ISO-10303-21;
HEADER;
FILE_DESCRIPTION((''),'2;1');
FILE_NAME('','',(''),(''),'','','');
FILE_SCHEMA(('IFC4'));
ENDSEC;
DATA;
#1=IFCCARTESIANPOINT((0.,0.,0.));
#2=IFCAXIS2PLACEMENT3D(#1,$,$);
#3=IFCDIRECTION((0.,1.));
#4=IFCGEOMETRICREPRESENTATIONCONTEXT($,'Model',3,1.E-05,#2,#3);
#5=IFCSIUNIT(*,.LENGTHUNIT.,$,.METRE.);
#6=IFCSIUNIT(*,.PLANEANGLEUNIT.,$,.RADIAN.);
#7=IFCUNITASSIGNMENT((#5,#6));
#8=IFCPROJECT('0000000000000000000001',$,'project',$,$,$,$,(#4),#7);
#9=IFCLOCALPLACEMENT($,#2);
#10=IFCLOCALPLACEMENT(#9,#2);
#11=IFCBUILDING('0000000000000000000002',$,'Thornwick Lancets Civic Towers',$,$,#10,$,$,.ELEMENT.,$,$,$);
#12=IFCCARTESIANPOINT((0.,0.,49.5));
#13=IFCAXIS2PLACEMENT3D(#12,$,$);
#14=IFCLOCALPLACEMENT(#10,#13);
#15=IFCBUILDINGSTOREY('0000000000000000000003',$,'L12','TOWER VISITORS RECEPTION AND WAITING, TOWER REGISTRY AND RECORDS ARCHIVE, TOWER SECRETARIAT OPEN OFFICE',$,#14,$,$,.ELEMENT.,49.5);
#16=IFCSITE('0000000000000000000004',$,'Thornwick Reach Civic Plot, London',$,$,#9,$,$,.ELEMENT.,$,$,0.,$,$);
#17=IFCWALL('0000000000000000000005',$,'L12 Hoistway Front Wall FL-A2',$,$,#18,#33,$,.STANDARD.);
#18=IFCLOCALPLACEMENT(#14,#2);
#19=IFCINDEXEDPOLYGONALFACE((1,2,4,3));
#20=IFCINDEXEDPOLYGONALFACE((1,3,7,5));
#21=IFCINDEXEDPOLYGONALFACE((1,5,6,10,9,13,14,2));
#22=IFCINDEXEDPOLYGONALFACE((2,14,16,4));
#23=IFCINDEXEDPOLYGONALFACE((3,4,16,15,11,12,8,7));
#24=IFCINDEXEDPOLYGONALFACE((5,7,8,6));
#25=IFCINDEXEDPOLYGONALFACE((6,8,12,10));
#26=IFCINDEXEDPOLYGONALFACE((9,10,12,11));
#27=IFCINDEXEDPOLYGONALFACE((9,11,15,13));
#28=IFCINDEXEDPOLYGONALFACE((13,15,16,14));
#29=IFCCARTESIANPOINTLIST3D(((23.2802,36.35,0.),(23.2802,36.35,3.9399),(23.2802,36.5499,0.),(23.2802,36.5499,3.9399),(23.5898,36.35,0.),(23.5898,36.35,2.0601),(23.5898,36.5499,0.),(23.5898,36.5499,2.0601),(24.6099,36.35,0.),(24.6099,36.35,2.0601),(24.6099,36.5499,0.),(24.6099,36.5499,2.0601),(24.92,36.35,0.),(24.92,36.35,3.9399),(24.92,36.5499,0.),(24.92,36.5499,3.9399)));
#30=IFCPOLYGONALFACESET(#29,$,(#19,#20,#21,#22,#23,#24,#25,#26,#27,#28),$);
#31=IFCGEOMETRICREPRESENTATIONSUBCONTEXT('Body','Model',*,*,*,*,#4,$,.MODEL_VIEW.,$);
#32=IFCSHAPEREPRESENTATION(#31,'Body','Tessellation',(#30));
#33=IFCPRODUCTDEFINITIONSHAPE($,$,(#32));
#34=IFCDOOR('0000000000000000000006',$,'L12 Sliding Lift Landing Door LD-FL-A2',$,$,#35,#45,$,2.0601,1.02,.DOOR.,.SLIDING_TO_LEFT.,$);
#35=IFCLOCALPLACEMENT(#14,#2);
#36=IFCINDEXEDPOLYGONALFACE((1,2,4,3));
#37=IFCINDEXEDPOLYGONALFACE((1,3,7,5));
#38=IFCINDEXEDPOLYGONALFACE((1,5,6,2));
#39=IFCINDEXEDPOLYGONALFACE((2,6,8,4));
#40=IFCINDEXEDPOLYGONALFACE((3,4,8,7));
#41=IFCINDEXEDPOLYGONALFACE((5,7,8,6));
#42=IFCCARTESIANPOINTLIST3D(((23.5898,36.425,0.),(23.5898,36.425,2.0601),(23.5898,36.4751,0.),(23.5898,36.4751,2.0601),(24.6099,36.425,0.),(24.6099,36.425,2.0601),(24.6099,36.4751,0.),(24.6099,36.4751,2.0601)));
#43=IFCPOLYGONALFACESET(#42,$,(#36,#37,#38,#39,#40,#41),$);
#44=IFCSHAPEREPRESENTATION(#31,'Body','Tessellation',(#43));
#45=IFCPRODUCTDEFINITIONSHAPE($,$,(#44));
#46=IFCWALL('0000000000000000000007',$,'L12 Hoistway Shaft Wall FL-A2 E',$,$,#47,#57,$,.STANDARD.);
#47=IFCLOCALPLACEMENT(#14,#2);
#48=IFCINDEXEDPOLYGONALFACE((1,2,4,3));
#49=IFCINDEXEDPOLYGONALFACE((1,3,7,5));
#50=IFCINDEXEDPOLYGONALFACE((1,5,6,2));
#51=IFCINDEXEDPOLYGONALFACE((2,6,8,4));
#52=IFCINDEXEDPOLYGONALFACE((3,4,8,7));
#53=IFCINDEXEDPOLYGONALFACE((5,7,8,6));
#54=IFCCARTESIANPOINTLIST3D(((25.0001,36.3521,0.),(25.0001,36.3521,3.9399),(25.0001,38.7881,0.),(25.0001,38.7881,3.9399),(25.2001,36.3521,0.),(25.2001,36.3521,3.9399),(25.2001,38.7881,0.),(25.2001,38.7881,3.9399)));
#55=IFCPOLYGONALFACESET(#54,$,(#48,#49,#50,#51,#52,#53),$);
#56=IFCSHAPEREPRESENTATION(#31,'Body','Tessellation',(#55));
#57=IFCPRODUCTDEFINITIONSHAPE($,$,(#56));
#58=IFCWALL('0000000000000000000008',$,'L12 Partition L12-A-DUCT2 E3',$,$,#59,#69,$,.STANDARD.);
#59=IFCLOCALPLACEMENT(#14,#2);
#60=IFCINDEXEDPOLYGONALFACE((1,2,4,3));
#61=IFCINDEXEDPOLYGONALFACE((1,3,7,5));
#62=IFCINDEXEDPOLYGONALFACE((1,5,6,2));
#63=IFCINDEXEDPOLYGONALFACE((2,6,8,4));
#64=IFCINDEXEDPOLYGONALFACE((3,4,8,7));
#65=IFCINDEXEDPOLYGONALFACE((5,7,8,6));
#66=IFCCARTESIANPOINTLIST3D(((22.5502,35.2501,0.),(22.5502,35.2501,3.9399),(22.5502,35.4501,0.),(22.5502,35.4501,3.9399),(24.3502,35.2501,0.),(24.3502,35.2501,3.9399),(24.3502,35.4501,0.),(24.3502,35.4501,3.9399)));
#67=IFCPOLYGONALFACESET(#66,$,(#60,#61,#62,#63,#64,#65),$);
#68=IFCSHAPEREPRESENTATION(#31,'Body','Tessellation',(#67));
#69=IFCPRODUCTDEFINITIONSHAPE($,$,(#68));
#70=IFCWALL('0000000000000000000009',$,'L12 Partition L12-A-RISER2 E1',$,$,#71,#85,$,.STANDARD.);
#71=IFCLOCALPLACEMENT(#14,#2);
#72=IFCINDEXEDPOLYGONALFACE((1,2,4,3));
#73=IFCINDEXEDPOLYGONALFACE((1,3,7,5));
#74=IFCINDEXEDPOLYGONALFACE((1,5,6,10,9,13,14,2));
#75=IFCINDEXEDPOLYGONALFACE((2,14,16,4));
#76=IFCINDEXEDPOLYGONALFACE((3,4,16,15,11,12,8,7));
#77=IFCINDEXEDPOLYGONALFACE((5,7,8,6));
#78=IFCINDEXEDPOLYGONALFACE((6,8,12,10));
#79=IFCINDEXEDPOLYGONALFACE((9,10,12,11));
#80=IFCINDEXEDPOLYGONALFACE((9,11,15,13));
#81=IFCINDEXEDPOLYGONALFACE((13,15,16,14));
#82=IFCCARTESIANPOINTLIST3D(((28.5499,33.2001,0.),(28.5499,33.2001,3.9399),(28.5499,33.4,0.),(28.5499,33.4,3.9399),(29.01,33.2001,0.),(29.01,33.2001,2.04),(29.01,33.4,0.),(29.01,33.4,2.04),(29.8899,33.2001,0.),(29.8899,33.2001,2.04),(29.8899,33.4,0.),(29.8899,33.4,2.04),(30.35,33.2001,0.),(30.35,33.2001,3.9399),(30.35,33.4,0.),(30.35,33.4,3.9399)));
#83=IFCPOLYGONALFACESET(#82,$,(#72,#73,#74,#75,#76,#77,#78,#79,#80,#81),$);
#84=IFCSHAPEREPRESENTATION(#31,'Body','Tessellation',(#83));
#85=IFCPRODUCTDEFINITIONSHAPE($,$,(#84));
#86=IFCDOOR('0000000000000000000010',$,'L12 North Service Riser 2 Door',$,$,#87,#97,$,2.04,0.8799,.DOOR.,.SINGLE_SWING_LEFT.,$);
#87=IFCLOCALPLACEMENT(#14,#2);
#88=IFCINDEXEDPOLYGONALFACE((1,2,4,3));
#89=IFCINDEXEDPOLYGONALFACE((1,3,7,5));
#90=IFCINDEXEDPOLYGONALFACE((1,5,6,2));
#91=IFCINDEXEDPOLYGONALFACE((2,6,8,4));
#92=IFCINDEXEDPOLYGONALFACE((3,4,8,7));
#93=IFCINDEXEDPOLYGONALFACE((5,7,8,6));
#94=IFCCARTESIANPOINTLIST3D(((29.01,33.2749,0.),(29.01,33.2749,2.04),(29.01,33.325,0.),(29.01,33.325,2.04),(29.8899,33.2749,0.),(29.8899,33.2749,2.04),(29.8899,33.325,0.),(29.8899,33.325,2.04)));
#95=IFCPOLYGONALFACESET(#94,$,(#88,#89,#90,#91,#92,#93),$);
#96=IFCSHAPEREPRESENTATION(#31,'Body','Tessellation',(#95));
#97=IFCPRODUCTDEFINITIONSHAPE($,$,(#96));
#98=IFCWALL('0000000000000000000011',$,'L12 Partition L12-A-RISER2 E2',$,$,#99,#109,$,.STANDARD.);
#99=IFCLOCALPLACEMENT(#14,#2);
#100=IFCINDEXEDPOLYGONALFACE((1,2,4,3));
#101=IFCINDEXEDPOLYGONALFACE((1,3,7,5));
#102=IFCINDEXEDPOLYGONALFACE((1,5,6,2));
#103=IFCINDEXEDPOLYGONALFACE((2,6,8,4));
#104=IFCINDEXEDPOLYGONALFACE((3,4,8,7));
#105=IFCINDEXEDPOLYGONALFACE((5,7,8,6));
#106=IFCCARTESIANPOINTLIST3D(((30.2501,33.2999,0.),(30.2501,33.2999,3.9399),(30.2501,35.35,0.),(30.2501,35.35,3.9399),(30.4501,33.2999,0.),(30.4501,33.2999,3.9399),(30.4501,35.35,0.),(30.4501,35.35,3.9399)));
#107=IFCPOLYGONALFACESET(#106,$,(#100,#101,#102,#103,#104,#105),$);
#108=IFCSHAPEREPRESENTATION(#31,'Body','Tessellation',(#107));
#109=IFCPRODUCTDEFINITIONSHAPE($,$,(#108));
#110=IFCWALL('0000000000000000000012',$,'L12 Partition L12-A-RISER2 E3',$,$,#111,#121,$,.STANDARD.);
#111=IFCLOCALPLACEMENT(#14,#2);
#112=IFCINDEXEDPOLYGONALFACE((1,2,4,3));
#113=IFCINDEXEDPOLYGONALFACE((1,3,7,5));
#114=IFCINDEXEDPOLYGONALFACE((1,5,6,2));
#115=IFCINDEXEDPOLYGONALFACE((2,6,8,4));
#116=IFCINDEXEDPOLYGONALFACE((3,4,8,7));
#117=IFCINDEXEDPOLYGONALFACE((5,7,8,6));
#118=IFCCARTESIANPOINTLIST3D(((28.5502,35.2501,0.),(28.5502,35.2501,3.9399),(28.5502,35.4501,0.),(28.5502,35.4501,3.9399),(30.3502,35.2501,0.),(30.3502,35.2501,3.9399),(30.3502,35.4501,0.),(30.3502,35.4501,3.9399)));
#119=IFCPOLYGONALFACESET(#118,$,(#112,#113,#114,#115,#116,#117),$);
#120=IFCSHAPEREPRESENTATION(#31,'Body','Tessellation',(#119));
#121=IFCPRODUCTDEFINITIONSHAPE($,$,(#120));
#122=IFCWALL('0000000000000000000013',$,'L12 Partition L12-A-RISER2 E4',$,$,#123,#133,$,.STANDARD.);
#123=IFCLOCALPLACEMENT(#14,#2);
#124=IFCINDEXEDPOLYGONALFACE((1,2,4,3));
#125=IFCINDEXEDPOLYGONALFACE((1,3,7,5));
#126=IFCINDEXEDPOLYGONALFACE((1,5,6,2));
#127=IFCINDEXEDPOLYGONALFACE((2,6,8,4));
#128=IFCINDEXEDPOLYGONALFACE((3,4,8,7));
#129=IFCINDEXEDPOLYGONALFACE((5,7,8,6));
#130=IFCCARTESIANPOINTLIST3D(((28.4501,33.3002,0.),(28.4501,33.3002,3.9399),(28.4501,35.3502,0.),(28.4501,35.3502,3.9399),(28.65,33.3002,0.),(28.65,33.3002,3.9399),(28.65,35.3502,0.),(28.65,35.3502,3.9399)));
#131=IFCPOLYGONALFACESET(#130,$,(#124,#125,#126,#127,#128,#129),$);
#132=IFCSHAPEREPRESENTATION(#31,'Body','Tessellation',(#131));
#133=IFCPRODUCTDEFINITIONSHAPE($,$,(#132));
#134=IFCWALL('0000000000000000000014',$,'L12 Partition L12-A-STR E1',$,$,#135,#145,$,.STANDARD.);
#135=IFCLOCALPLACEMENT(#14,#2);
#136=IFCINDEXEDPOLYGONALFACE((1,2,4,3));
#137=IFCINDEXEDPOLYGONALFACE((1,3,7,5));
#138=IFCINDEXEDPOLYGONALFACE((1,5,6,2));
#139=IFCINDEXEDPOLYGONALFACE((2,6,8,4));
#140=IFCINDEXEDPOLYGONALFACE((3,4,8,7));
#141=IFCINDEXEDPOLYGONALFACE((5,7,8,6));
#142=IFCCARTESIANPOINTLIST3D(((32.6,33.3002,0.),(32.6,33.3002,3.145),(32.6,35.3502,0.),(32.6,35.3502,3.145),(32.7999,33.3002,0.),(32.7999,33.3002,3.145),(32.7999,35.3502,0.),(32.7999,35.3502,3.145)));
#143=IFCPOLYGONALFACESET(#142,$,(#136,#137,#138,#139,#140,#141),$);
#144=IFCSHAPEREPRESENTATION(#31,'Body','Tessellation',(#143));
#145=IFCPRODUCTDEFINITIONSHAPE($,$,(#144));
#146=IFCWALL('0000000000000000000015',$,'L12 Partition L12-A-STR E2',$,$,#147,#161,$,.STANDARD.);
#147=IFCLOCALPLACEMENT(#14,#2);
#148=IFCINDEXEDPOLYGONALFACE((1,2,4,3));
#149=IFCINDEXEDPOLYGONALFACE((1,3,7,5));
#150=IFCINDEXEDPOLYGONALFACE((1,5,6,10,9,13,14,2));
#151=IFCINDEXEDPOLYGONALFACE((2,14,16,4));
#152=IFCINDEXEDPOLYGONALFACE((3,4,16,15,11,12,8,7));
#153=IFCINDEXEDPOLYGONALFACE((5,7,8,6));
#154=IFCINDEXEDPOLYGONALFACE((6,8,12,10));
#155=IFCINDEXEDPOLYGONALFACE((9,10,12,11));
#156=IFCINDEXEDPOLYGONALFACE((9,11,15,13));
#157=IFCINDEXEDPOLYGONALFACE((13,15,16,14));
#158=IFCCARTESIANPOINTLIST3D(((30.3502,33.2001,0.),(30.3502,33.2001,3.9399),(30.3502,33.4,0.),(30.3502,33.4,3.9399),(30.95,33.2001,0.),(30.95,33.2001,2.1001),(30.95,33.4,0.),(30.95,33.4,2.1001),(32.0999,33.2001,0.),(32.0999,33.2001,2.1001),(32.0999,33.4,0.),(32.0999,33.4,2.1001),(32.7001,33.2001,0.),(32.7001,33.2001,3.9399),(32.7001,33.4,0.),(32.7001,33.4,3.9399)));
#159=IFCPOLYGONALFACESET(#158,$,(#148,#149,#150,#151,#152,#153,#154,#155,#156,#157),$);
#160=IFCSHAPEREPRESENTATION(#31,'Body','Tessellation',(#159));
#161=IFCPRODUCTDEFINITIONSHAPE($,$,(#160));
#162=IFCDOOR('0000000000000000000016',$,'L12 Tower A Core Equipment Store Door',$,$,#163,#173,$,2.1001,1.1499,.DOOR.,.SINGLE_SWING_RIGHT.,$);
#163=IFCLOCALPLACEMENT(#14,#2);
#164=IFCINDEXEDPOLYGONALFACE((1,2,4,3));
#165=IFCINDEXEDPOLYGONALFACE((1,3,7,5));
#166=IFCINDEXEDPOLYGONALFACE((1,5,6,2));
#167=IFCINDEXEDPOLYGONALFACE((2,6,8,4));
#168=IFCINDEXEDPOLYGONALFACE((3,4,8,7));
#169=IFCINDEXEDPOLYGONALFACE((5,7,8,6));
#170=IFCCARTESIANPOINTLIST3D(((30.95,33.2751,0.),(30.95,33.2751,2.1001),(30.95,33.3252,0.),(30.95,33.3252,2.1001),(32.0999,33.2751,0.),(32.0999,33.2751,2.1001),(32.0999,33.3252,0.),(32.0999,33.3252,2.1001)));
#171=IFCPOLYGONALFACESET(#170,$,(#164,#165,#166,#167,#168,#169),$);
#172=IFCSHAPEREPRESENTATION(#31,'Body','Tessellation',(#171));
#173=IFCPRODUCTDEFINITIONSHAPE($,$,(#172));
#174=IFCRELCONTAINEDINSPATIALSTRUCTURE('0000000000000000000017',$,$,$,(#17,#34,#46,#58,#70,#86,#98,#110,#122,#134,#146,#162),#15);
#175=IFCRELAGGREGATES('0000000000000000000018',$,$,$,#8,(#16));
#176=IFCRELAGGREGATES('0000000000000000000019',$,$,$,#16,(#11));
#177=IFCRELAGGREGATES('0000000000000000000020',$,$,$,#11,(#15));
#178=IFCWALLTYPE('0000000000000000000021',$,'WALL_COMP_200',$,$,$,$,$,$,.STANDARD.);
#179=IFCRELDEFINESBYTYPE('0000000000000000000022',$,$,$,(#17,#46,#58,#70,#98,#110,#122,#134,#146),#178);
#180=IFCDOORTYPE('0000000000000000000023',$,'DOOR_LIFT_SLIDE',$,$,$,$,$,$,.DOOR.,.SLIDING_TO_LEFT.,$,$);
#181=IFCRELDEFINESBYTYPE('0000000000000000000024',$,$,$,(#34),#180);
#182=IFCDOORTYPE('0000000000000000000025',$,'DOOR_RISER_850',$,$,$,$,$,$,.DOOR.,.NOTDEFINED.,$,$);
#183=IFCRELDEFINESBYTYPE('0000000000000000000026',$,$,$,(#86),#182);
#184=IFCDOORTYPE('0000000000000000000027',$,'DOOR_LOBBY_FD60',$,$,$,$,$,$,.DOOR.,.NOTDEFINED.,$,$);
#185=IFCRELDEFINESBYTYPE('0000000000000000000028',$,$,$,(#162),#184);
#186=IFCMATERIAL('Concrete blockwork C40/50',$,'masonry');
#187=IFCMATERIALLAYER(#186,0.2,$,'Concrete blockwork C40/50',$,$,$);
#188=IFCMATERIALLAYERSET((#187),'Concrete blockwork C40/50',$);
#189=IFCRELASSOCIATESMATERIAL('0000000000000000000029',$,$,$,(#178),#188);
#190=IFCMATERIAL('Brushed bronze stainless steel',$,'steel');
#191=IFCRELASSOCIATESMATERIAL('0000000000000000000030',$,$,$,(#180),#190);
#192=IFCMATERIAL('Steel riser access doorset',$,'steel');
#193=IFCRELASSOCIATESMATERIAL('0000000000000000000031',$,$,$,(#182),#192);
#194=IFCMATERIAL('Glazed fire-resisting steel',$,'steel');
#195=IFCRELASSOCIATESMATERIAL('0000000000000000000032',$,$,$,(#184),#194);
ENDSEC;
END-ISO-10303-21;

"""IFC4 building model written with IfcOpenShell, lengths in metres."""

from ifc_helpers import new_model, si_unit, direction, frame, frame_2d, origin, place, context, subcontext, project, spatial, rectangle, extrude, material, layer, layer_set, type_object, element, fill, save


model = new_model("IFC4")

# Units and contexts
model_context = context("Model", 3, precision=1e-05, world=origin(), true_north=direction((0.0, 1.0)))
body_context = subcontext(model_context, "Body", "Model", "MODEL_VIEW")
ifc_project = project(units=[si_unit("LENGTHUNIT", "METRE"), si_unit("PLANEANGLEUNIT", "RADIAN")], contexts=[model_context])

# Site, building, storey
site_placement = place(None, origin())
site = spatial("IfcSite", under=ifc_project, at=site_placement, Name="Thornwick Reach Civic Plot, London", CompositionType="ELEMENT", RefElevation=0.0)
building_placement = place(site_placement, origin())
building = spatial("IfcBuilding", under=site, at=building_placement, Name="Thornwick Lancets Civic Towers", CompositionType="ELEMENT")
storey_placement = place(building_placement, frame((0.0, 0.0, 49.5)))
storey = spatial("IfcBuildingStorey", under=building, at=storey_placement, Name="L12", Description="TOWER VISITORS RECEPTION AND WAITING, TOWER REGISTRY AND RECORDS ARCHIVE, TOWER SECRETARIAT OPEN OFFICE", CompositionType="ELEMENT", Elevation=49.5)

# Wall, opening, door
ifc_material_1 = material(Name="Concrete blockwork C40/50", Category="masonry")
ifc_layer_1 = layer(ifc_material_1, 0.2, Name="Concrete blockwork C40/50")
ifc_layer_set_1 = layer_set([ifc_layer_1], Name="Concrete blockwork C40/50")
wall_type_1 = type_object("IfcWallType", Name="WALL_COMP_200", PredefinedType="STANDARD", material=ifc_layer_set_1)
wall_1_placement = place(storey_placement, frame((24.9199, 36.45, 0.0), z_axis=(0.0, 0.0, 1.0), x_axis=(-1.0, 0.0, 0.0)))
wall_1 = element("IfcWall", 1, at=wall_1_placement, inside=storey, type_object=wall_type_1, Name="L12 Hoistway Front Wall FL-A2", PredefinedType="STANDARD", context=body_context, shape_type="SweptSolid", body=[
    extrude(rectangle(XDim=1.6399, YDim=0.2, at=frame_2d((0.8198, 0.0))), origin(), (0.0, 0.0, 1.0), 3.9399),
])
opening_1_placement = place(wall_1_placement, frame((0.3101, 0.0, 0.0)))
opening_1 = element("IfcOpeningElement", 2, at=opening_1_placement, cuts=wall_1, PredefinedType="OPENING", context=body_context, shape_type="SweptSolid", body=[
    extrude(rectangle(XDim=1.02, YDim=2.0601, at=frame_2d((0.51, 1.03))), frame((0.0, 0.1099, 0.0), z_axis=(0.0, -1.0, 0.0), x_axis=(1.0, 0.0, 0.0)), (0.0, 0.0, 1.0), 0.22),
])
ifc_material_2 = material(Name="Brushed bronze stainless steel", Category="steel")
door_type_1 = type_object("IfcDoorType", Name="DOOR_LIFT_SLIDE", OperationType="SLIDING_TO_LEFT", PredefinedType="DOOR", material=ifc_material_2)
door_1_placement = place(opening_1_placement, origin())
door_1 = element("IfcDoor", 3, at=door_1_placement, inside=storey, type_object=door_type_1, Name="L12 Sliding Lift Landing Door LD-FL-A2", OperationType="SLIDING_TO_LEFT", OverallHeight=2.0601, OverallWidth=1.02, PredefinedType="DOOR", context=body_context, shape_type="SweptSolid", body=[
    extrude(rectangle(XDim=1.02, YDim=2.0601, at=frame_2d((0.51, 1.03))), frame((0.0, 0.0249, 0.0), z_axis=(0.0, -1.0, 0.0), x_axis=(1.0, 0.0, 0.0)), (0.0, 0.0, 1.0), 0.05),
])
fill(opening_1, door_1)

# Walls
wall_2_placement = place(storey_placement, frame((25.1001, 36.3521, 0.0), z_axis=(0.0, 0.0, 1.0), x_axis=(0.0, 1.0, 0.0)))
element("IfcWall", 4, at=wall_2_placement, inside=storey, type_object=wall_type_1, Name="L12 Hoistway Shaft Wall FL-A2 E", PredefinedType="STANDARD", context=body_context, shape_type="SweptSolid", body=[
    extrude(rectangle(XDim=2.436, YDim=0.2, at=frame_2d((1.218, 0.0))), origin(), (0.0, 0.0, 1.0), 3.9399),
])
wall_3_placement = place(storey_placement, frame((24.3501, 35.3501, 0.0), z_axis=(0.0, 0.0, 1.0), x_axis=(-1.0, 0.0, 0.0)))
element("IfcWall", 5, at=wall_3_placement, inside=storey, type_object=wall_type_1, Name="L12 Partition L12-A-DUCT2 E3", PredefinedType="STANDARD", context=body_context, shape_type="SweptSolid", body=[
    extrude(rectangle(XDim=1.8, YDim=0.2, at=frame_2d((0.8999, 0.0))), origin(), (0.0, 0.0, 1.0), 3.9399),
])

# Wall, opening, door
wall_4_placement = place(storey_placement, frame((28.55, 33.3, 0.0), z_axis=(0.0, 0.0, 1.0), x_axis=(1.0, 0.0, 0.0)))
wall_4 = element("IfcWall", 6, at=wall_4_placement, inside=storey, type_object=wall_type_1, Name="L12 Partition L12-A-RISER2 E1", PredefinedType="STANDARD", context=body_context, shape_type="SweptSolid", body=[
    extrude(rectangle(XDim=1.8, YDim=0.2, at=frame_2d((0.8999, 0.0))), origin(), (0.0, 0.0, 1.0), 3.9399),
])
opening_2_placement = place(wall_4_placement, frame((0.46, 0.0, 0.0)))
opening_2 = element("IfcOpeningElement", 7, at=opening_2_placement, cuts=wall_4, PredefinedType="OPENING", context=body_context, shape_type="SweptSolid", body=[
    extrude(rectangle(XDim=0.8799, YDim=2.04, at=frame_2d((0.4399, 1.02))), frame((0.0, 0.1099, 0.0), z_axis=(0.0, -1.0, 0.0), x_axis=(1.0, 0.0, 0.0)), (0.0, 0.0, 1.0), 0.22),
])
ifc_material_3 = material(Name="Steel riser access doorset", Category="steel")
door_type_2 = type_object("IfcDoorType", Name="DOOR_RISER_850", OperationType="NOTDEFINED", PredefinedType="DOOR", material=ifc_material_3)
door_2_placement = place(opening_2_placement, origin())
door_2 = element("IfcDoor", 8, at=door_2_placement, inside=storey, type_object=door_type_2, Name="L12 North Service Riser 2 Door", OperationType="SINGLE_SWING_LEFT", OverallHeight=2.04, OverallWidth=0.8799, PredefinedType="DOOR", context=body_context, shape_type="SweptSolid", body=[
    extrude(rectangle(XDim=0.8799, YDim=2.04, at=frame_2d((0.4399, 1.02))), frame((0.0, 0.0249, 0.0), z_axis=(0.0, -1.0, 0.0), x_axis=(1.0, 0.0, 0.0)), (0.0, 0.0, 1.0), 0.05),
])
fill(opening_2, door_2)

# Walls
wall_5_placement = place(storey_placement, frame((30.3501, 33.3, 0.0), z_axis=(0.0, 0.0, 1.0), x_axis=(0.0, 1.0, 0.0)))
element("IfcWall", 9, at=wall_5_placement, inside=storey, type_object=wall_type_1, Name="L12 Partition L12-A-RISER2 E2", PredefinedType="STANDARD", context=body_context, shape_type="SweptSolid", body=[
    extrude(rectangle(XDim=2.05, YDim=0.2, at=frame_2d((1.0249, 0.0))), origin(), (0.0, 0.0, 1.0), 3.9399),
])
wall_6_placement = place(storey_placement, frame((30.3501, 35.3501, 0.0), z_axis=(0.0, 0.0, 1.0), x_axis=(-1.0, 0.0, 0.0)))
element("IfcWall", 10, at=wall_6_placement, inside=storey, type_object=wall_type_1, Name="L12 Partition L12-A-RISER2 E3", PredefinedType="STANDARD", context=body_context, shape_type="SweptSolid", body=[
    extrude(rectangle(XDim=1.8, YDim=0.2, at=frame_2d((0.8999, 0.0))), origin(), (0.0, 0.0, 1.0), 3.9399),
])
wall_7_placement = place(storey_placement, frame((28.55, 35.3501, 0.0), z_axis=(0.0, 0.0, 1.0), x_axis=(0.0, -1.0, 0.0)))
element("IfcWall", 11, at=wall_7_placement, inside=storey, type_object=wall_type_1, Name="L12 Partition L12-A-RISER2 E4", PredefinedType="STANDARD", context=body_context, shape_type="SweptSolid", body=[
    extrude(rectangle(XDim=2.05, YDim=0.2, at=frame_2d((1.0249, 0.0))), origin(), (0.0, 0.0, 1.0), 3.9399),
])
wall_8_placement = place(storey_placement, frame((32.7, 35.3501, 0.0), z_axis=(0.0, 0.0, 1.0), x_axis=(0.0, -1.0, 0.0)))
element("IfcWall", 12, at=wall_8_placement, inside=storey, type_object=wall_type_1, Name="L12 Partition L12-A-STR E1", PredefinedType="STANDARD", context=body_context, shape_type="SweptSolid", body=[
    extrude(rectangle(XDim=2.05, YDim=0.2, at=frame_2d((1.0249, 0.0))), origin(), (0.0, 0.0, 1.0), 3.145),
])

# Wall, opening, door
wall_9_placement = place(storey_placement, frame((32.7, 33.3, 0.0), z_axis=(0.0, 0.0, 1.0), x_axis=(-1.0, 0.0, 0.0)))
wall_9 = element("IfcWall", 13, at=wall_9_placement, inside=storey, type_object=wall_type_1, Name="L12 Partition L12-A-STR E2", PredefinedType="STANDARD", context=body_context, shape_type="SweptSolid", body=[
    extrude(rectangle(XDim=2.3499, YDim=0.2, at=frame_2d((1.1748, 0.0))), origin(), (0.0, 0.0, 1.0), 3.9399),
])
opening_3_placement = place(wall_9_placement, frame((0.6001, 0.0, 0.0)))
opening_3 = element("IfcOpeningElement", 14, at=opening_3_placement, cuts=wall_9, PredefinedType="OPENING", context=body_context, shape_type="SweptSolid", body=[
    extrude(rectangle(XDim=1.1499, YDim=2.1001, at=frame_2d((0.575, 1.05))), frame((0.0, 0.1099, 0.0), z_axis=(0.0, -1.0, 0.0), x_axis=(1.0, 0.0, 0.0)), (0.0, 0.0, 1.0), 0.22),
])
ifc_material_4 = material(Name="Glazed fire-resisting steel", Category="steel")
door_type_3 = type_object("IfcDoorType", Name="DOOR_LOBBY_FD60", OperationType="NOTDEFINED", PredefinedType="DOOR", material=ifc_material_4)
door_3_placement = place(opening_3_placement, origin())
door_3 = element("IfcDoor", 15, at=door_3_placement, inside=storey, type_object=door_type_3, Name="L12 Tower A Core Equipment Store Door", OperationType="SINGLE_SWING_RIGHT", OverallHeight=2.1001, OverallWidth=1.1499, PredefinedType="DOOR", context=body_context, shape_type="SweptSolid", body=[
    extrude(rectangle(XDim=1.1499, YDim=2.1001, at=frame_2d((0.575, 1.05))), frame((0.0, 0.0249, 0.0), z_axis=(0.0, -1.0, 0.0), x_axis=(1.0, 0.0, 0.0)), (0.0, 0.0, 1.0), 0.05),
])
fill(opening_3, door_3)

save(model, "model.ifc")
